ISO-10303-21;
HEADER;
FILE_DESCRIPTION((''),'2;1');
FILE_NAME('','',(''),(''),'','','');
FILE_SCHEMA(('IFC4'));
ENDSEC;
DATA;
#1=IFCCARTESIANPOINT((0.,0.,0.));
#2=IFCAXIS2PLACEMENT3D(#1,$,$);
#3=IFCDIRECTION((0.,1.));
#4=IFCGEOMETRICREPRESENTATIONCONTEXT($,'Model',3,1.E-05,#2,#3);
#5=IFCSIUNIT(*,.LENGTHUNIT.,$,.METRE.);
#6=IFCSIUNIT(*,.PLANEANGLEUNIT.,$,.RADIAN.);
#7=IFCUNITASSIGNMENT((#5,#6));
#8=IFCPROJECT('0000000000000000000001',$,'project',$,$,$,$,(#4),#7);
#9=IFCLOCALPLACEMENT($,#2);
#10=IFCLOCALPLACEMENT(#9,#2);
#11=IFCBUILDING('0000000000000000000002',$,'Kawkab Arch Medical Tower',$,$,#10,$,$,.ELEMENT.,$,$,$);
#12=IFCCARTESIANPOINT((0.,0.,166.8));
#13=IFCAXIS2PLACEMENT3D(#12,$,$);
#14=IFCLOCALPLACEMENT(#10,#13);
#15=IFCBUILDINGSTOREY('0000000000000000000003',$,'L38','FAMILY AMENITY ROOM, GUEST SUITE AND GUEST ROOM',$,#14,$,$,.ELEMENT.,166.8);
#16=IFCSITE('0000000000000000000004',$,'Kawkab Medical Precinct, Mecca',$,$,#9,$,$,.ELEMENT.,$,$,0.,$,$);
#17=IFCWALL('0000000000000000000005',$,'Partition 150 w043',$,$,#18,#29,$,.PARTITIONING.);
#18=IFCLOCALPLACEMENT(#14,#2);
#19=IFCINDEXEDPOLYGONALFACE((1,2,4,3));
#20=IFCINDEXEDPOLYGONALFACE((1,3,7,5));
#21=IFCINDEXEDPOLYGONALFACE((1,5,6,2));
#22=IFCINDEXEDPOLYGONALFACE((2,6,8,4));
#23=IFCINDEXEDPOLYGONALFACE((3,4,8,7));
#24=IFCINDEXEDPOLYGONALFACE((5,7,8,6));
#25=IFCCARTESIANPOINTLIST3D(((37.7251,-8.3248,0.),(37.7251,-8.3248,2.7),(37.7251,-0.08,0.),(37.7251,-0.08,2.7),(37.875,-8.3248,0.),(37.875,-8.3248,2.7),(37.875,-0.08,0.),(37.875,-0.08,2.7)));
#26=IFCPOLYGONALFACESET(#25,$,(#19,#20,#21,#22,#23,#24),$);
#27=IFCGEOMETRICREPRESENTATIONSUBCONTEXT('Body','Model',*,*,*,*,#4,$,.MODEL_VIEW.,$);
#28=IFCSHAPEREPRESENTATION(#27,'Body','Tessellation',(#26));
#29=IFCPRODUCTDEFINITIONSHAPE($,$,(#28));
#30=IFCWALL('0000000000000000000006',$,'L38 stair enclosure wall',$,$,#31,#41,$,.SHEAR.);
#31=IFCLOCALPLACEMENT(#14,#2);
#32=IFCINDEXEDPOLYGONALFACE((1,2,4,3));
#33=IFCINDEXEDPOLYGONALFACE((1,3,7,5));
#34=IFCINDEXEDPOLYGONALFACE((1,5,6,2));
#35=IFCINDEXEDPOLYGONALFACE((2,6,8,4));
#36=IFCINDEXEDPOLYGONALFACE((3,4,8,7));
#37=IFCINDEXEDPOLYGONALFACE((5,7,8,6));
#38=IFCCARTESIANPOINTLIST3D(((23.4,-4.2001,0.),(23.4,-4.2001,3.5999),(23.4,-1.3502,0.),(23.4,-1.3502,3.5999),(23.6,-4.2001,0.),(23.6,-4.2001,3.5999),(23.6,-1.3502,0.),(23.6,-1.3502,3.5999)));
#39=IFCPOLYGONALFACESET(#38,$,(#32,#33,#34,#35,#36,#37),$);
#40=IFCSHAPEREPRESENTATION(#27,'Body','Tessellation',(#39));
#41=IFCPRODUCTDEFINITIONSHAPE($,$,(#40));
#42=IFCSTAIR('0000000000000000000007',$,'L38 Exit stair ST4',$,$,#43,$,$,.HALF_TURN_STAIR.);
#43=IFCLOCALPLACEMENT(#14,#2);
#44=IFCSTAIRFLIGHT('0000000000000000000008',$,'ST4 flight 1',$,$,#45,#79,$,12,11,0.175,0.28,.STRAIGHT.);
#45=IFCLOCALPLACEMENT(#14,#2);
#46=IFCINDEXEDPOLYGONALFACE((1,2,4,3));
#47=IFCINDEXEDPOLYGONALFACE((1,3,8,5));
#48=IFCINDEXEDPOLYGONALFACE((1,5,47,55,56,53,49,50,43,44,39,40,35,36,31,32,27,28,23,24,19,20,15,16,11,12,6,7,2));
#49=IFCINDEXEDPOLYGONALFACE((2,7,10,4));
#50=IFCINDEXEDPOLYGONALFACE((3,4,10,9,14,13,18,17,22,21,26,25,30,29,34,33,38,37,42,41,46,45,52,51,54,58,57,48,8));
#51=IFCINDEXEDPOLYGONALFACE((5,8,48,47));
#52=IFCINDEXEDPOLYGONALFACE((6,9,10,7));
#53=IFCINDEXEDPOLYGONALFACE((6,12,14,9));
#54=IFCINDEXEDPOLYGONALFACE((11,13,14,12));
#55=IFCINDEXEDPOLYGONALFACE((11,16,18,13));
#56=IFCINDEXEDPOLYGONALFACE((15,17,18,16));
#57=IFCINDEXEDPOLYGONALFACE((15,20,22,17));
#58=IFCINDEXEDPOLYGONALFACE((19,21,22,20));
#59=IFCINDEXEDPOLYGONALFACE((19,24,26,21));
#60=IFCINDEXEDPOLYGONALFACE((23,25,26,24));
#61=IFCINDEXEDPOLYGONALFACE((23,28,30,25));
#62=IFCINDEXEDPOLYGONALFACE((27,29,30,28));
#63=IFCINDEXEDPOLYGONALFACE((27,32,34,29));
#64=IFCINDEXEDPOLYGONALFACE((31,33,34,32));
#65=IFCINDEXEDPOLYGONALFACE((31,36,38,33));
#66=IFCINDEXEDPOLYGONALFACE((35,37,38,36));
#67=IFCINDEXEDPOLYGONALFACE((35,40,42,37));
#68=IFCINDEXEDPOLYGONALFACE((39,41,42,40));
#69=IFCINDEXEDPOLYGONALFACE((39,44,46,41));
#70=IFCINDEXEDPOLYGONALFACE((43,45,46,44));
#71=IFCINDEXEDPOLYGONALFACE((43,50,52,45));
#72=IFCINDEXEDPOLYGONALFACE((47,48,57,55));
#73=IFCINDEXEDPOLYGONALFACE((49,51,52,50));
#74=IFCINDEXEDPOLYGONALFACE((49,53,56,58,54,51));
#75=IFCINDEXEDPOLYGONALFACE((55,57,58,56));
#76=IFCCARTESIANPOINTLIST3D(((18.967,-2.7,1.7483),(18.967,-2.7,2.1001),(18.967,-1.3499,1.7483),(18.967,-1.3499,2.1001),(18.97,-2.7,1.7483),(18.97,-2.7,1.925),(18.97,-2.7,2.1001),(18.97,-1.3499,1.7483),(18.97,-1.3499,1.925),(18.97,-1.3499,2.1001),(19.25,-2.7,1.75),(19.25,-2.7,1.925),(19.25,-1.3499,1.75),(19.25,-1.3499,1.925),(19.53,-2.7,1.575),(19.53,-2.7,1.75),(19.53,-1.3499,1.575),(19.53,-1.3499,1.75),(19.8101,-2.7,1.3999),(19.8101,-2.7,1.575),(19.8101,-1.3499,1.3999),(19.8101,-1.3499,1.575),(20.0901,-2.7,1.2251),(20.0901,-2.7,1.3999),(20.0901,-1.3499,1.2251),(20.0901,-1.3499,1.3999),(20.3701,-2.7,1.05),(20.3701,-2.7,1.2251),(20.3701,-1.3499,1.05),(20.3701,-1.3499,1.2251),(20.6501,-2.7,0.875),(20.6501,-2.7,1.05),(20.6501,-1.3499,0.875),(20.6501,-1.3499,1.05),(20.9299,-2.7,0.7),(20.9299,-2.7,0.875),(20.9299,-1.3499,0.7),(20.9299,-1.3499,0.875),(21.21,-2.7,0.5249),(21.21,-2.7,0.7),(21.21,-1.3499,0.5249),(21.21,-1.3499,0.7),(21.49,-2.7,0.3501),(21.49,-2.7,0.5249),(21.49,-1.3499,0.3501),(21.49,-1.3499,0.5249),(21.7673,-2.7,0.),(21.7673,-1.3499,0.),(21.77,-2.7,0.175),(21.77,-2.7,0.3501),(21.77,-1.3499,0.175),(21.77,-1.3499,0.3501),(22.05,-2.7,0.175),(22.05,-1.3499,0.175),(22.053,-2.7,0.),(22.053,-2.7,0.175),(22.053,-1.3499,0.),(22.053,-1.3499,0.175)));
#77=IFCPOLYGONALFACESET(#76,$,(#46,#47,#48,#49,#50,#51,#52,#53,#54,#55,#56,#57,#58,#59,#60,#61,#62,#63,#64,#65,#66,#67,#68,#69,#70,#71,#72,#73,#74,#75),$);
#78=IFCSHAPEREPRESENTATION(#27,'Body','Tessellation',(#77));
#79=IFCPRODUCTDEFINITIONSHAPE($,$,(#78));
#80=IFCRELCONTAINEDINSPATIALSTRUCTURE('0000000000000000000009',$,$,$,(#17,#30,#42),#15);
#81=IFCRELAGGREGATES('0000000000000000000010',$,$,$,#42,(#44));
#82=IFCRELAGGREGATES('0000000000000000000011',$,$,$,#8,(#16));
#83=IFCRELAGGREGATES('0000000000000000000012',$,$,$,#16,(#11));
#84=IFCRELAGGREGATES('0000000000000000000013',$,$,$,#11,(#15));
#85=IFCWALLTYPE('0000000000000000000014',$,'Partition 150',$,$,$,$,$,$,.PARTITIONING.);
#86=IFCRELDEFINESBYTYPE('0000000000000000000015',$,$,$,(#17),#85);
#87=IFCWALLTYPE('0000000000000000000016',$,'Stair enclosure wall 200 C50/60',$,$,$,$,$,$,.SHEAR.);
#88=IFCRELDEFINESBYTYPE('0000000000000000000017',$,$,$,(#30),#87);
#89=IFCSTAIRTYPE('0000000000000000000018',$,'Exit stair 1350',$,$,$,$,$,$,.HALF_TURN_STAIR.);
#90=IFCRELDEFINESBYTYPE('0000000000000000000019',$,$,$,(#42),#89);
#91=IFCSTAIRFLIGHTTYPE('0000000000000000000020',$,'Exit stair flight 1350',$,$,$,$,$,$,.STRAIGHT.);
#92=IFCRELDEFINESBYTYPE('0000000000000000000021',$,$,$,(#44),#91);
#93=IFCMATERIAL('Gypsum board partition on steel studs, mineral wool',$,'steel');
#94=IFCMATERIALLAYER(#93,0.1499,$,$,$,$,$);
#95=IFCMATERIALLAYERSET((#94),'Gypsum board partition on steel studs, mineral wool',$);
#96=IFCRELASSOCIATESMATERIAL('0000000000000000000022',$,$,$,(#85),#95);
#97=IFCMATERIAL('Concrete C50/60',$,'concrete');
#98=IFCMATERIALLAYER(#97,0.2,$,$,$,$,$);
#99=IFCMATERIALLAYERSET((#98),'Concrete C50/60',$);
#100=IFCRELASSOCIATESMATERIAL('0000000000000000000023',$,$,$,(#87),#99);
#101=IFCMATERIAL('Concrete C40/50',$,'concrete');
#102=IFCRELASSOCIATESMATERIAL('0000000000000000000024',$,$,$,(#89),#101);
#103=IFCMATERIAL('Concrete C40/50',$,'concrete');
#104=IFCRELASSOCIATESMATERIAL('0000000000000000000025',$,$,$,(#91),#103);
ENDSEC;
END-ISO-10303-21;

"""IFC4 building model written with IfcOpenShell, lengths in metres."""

from ifc_helpers import new_model, si_unit, direction, frame, frame_2d, origin, place, context, subcontext, project, spatial, polyline, rectangle, outline, extrude, material, layer, layer_set, type_object, element, aggregate, save


model = new_model("IFC4")

# Units and contexts
model_context = context("Model", 3, precision=1e-05, world=origin(), true_north=direction((0.0, 1.0)))
body_context = subcontext(model_context, "Body", "Model", "MODEL_VIEW")
ifc_project = project(units=[si_unit("LENGTHUNIT", "METRE"), si_unit("PLANEANGLEUNIT", "RADIAN")], contexts=[model_context])

# Site, building, storey
site_placement = place(None, origin())
site = spatial("IfcSite", under=ifc_project, at=site_placement, Name="Kawkab Medical Precinct, Mecca", CompositionType="ELEMENT", RefElevation=0.0)
building_placement = place(site_placement, origin())
building = spatial("IfcBuilding", under=site, at=building_placement, Name="Kawkab Arch Medical Tower", CompositionType="ELEMENT")
storey_placement = place(building_placement, frame((0.0, 0.0, 166.8)))
storey = spatial("IfcBuildingStorey", under=building, at=storey_placement, Name="L38", Description="FAMILY AMENITY ROOM, GUEST SUITE AND GUEST ROOM", CompositionType="ELEMENT", Elevation=166.8)

# Shared definitions
placement = place(storey_placement, origin())

# Shared definitions
ifc_material_1 = material(Name="Gypsum board partition on steel studs, mineral wool", Category="steel")
ifc_layer_1 = layer(ifc_material_1, 0.1499)
ifc_layer_set_1 = layer_set([ifc_layer_1], Name="Gypsum board partition on steel studs, mineral wool")
wall_type_1 = type_object("IfcWallType", Name="Partition 150", PredefinedType="PARTITIONING", material=ifc_layer_set_1)

# Walls
wall_1_placement = place(storey_placement, frame((37.8, -8.325, 0.0), z_axis=(0.0, 0.0, 1.0), x_axis=(0.0, 1.0, 0.0)))
element("IfcWall", 1, at=wall_1_placement, inside=storey, type_object=wall_type_1, Name="Partition 150 w043", PredefinedType="PARTITIONING", context=body_context, shape_type="SweptSolid", body=[
    extrude(rectangle(XDim=8.2449, YDim=0.1499, at=frame_2d((4.1226, 0.0))), origin(), (0.0, 0.0, 1.0), 2.7),
])
ifc_material_2 = material(Name="Concrete C50/60", Category="concrete")
ifc_layer_2 = layer(ifc_material_2, 0.2)
ifc_layer_set_2 = layer_set([ifc_layer_2], Name="Concrete C50/60")
wall_type_2 = type_object("IfcWallType", Name="Stair enclosure wall 200 C50/60", PredefinedType="SHEAR", material=ifc_layer_set_2)
wall_2_placement = place(storey_placement, frame((23.5, -4.2, 0.0), z_axis=(0.0, 0.0, 1.0), x_axis=(0.0, 1.0, 0.0)))
element("IfcWall", 2, at=wall_2_placement, inside=storey, type_object=wall_type_2, Name="L38 stair enclosure wall", PredefinedType="SHEAR", context=body_context, shape_type="SweptSolid", body=[
    extrude(rectangle(XDim=2.8499, YDim=0.2, at=frame_2d((1.4248, 0.0))), origin(), (0.0, 0.0, 1.0), 3.5999),
])

# Stair, stair flight
ifc_material_3 = material(Name="Concrete C40/50", Category="concrete")
stair_type = type_object("IfcStairType", Name="Exit stair 1350", PredefinedType="HALF_TURN_STAIR", material=ifc_material_3)
stair = element("IfcStair", 3, at=placement, inside=storey, type_object=stair_type, Name="L38 Exit stair ST4", PredefinedType="HALF_TURN_STAIR")
ifc_material_4 = material(Name="Concrete C40/50", Category="concrete")
stair_flight_type = type_object("IfcStairFlightType", Name="Exit stair flight 1350", PredefinedType="STRAIGHT", material=ifc_material_4)
stair_flight_placement = place(storey_placement, frame((22.05, -2.0249, 0.0), z_axis=(0.0, 0.0, 1.0), x_axis=(-1.0, 0.0, 0.0)))
stair_flight = element("IfcStairFlight", 4, at=stair_flight_placement, type_object=stair_flight_type, Name="ST4 flight 1", NumberOfRisers=12, NumberOfTreads=11, PredefinedType="STRAIGHT", RiserHeight=0.175, TreadLength=0.28, context=body_context, shape_type="SweptSolid", body=[
    extrude(outline(polyline([(-0.0029, 0.0), (-0.0029, 0.175), (0.0, 0.175), (0.28, 0.175), (0.28, 0.3501), (0.5601, 0.3501), (0.5601, 0.5249), (0.8401, 0.5249), (0.8401, 0.7), (1.1201, 0.7), (1.1201, 0.875), (1.3999, 0.875), (1.3999, 1.05), (1.6799, 1.05), (1.6799, 1.2251), (1.96, 1.2251), (1.96, 1.3999), (2.24, 1.3999), (2.24, 1.575), (2.52, 1.575), (2.52, 1.75), (2.8, 1.75), (2.8, 1.925), (3.0801, 1.925), (3.0801, 2.1001), (3.083, 2.1001), (3.083, 1.7483), (3.0801, 1.7483), (0.2827, 0.0), (-0.0029, 0.0)])), frame((0.0, 0.675, 0.0), z_axis=(0.0, -1.0, 0.0), x_axis=(1.0, 0.0, 0.0)), (0.0, 0.0, 1.0), 1.3501),
])
aggregate(stair, [stair_flight])

save(model, "model.ifc")
